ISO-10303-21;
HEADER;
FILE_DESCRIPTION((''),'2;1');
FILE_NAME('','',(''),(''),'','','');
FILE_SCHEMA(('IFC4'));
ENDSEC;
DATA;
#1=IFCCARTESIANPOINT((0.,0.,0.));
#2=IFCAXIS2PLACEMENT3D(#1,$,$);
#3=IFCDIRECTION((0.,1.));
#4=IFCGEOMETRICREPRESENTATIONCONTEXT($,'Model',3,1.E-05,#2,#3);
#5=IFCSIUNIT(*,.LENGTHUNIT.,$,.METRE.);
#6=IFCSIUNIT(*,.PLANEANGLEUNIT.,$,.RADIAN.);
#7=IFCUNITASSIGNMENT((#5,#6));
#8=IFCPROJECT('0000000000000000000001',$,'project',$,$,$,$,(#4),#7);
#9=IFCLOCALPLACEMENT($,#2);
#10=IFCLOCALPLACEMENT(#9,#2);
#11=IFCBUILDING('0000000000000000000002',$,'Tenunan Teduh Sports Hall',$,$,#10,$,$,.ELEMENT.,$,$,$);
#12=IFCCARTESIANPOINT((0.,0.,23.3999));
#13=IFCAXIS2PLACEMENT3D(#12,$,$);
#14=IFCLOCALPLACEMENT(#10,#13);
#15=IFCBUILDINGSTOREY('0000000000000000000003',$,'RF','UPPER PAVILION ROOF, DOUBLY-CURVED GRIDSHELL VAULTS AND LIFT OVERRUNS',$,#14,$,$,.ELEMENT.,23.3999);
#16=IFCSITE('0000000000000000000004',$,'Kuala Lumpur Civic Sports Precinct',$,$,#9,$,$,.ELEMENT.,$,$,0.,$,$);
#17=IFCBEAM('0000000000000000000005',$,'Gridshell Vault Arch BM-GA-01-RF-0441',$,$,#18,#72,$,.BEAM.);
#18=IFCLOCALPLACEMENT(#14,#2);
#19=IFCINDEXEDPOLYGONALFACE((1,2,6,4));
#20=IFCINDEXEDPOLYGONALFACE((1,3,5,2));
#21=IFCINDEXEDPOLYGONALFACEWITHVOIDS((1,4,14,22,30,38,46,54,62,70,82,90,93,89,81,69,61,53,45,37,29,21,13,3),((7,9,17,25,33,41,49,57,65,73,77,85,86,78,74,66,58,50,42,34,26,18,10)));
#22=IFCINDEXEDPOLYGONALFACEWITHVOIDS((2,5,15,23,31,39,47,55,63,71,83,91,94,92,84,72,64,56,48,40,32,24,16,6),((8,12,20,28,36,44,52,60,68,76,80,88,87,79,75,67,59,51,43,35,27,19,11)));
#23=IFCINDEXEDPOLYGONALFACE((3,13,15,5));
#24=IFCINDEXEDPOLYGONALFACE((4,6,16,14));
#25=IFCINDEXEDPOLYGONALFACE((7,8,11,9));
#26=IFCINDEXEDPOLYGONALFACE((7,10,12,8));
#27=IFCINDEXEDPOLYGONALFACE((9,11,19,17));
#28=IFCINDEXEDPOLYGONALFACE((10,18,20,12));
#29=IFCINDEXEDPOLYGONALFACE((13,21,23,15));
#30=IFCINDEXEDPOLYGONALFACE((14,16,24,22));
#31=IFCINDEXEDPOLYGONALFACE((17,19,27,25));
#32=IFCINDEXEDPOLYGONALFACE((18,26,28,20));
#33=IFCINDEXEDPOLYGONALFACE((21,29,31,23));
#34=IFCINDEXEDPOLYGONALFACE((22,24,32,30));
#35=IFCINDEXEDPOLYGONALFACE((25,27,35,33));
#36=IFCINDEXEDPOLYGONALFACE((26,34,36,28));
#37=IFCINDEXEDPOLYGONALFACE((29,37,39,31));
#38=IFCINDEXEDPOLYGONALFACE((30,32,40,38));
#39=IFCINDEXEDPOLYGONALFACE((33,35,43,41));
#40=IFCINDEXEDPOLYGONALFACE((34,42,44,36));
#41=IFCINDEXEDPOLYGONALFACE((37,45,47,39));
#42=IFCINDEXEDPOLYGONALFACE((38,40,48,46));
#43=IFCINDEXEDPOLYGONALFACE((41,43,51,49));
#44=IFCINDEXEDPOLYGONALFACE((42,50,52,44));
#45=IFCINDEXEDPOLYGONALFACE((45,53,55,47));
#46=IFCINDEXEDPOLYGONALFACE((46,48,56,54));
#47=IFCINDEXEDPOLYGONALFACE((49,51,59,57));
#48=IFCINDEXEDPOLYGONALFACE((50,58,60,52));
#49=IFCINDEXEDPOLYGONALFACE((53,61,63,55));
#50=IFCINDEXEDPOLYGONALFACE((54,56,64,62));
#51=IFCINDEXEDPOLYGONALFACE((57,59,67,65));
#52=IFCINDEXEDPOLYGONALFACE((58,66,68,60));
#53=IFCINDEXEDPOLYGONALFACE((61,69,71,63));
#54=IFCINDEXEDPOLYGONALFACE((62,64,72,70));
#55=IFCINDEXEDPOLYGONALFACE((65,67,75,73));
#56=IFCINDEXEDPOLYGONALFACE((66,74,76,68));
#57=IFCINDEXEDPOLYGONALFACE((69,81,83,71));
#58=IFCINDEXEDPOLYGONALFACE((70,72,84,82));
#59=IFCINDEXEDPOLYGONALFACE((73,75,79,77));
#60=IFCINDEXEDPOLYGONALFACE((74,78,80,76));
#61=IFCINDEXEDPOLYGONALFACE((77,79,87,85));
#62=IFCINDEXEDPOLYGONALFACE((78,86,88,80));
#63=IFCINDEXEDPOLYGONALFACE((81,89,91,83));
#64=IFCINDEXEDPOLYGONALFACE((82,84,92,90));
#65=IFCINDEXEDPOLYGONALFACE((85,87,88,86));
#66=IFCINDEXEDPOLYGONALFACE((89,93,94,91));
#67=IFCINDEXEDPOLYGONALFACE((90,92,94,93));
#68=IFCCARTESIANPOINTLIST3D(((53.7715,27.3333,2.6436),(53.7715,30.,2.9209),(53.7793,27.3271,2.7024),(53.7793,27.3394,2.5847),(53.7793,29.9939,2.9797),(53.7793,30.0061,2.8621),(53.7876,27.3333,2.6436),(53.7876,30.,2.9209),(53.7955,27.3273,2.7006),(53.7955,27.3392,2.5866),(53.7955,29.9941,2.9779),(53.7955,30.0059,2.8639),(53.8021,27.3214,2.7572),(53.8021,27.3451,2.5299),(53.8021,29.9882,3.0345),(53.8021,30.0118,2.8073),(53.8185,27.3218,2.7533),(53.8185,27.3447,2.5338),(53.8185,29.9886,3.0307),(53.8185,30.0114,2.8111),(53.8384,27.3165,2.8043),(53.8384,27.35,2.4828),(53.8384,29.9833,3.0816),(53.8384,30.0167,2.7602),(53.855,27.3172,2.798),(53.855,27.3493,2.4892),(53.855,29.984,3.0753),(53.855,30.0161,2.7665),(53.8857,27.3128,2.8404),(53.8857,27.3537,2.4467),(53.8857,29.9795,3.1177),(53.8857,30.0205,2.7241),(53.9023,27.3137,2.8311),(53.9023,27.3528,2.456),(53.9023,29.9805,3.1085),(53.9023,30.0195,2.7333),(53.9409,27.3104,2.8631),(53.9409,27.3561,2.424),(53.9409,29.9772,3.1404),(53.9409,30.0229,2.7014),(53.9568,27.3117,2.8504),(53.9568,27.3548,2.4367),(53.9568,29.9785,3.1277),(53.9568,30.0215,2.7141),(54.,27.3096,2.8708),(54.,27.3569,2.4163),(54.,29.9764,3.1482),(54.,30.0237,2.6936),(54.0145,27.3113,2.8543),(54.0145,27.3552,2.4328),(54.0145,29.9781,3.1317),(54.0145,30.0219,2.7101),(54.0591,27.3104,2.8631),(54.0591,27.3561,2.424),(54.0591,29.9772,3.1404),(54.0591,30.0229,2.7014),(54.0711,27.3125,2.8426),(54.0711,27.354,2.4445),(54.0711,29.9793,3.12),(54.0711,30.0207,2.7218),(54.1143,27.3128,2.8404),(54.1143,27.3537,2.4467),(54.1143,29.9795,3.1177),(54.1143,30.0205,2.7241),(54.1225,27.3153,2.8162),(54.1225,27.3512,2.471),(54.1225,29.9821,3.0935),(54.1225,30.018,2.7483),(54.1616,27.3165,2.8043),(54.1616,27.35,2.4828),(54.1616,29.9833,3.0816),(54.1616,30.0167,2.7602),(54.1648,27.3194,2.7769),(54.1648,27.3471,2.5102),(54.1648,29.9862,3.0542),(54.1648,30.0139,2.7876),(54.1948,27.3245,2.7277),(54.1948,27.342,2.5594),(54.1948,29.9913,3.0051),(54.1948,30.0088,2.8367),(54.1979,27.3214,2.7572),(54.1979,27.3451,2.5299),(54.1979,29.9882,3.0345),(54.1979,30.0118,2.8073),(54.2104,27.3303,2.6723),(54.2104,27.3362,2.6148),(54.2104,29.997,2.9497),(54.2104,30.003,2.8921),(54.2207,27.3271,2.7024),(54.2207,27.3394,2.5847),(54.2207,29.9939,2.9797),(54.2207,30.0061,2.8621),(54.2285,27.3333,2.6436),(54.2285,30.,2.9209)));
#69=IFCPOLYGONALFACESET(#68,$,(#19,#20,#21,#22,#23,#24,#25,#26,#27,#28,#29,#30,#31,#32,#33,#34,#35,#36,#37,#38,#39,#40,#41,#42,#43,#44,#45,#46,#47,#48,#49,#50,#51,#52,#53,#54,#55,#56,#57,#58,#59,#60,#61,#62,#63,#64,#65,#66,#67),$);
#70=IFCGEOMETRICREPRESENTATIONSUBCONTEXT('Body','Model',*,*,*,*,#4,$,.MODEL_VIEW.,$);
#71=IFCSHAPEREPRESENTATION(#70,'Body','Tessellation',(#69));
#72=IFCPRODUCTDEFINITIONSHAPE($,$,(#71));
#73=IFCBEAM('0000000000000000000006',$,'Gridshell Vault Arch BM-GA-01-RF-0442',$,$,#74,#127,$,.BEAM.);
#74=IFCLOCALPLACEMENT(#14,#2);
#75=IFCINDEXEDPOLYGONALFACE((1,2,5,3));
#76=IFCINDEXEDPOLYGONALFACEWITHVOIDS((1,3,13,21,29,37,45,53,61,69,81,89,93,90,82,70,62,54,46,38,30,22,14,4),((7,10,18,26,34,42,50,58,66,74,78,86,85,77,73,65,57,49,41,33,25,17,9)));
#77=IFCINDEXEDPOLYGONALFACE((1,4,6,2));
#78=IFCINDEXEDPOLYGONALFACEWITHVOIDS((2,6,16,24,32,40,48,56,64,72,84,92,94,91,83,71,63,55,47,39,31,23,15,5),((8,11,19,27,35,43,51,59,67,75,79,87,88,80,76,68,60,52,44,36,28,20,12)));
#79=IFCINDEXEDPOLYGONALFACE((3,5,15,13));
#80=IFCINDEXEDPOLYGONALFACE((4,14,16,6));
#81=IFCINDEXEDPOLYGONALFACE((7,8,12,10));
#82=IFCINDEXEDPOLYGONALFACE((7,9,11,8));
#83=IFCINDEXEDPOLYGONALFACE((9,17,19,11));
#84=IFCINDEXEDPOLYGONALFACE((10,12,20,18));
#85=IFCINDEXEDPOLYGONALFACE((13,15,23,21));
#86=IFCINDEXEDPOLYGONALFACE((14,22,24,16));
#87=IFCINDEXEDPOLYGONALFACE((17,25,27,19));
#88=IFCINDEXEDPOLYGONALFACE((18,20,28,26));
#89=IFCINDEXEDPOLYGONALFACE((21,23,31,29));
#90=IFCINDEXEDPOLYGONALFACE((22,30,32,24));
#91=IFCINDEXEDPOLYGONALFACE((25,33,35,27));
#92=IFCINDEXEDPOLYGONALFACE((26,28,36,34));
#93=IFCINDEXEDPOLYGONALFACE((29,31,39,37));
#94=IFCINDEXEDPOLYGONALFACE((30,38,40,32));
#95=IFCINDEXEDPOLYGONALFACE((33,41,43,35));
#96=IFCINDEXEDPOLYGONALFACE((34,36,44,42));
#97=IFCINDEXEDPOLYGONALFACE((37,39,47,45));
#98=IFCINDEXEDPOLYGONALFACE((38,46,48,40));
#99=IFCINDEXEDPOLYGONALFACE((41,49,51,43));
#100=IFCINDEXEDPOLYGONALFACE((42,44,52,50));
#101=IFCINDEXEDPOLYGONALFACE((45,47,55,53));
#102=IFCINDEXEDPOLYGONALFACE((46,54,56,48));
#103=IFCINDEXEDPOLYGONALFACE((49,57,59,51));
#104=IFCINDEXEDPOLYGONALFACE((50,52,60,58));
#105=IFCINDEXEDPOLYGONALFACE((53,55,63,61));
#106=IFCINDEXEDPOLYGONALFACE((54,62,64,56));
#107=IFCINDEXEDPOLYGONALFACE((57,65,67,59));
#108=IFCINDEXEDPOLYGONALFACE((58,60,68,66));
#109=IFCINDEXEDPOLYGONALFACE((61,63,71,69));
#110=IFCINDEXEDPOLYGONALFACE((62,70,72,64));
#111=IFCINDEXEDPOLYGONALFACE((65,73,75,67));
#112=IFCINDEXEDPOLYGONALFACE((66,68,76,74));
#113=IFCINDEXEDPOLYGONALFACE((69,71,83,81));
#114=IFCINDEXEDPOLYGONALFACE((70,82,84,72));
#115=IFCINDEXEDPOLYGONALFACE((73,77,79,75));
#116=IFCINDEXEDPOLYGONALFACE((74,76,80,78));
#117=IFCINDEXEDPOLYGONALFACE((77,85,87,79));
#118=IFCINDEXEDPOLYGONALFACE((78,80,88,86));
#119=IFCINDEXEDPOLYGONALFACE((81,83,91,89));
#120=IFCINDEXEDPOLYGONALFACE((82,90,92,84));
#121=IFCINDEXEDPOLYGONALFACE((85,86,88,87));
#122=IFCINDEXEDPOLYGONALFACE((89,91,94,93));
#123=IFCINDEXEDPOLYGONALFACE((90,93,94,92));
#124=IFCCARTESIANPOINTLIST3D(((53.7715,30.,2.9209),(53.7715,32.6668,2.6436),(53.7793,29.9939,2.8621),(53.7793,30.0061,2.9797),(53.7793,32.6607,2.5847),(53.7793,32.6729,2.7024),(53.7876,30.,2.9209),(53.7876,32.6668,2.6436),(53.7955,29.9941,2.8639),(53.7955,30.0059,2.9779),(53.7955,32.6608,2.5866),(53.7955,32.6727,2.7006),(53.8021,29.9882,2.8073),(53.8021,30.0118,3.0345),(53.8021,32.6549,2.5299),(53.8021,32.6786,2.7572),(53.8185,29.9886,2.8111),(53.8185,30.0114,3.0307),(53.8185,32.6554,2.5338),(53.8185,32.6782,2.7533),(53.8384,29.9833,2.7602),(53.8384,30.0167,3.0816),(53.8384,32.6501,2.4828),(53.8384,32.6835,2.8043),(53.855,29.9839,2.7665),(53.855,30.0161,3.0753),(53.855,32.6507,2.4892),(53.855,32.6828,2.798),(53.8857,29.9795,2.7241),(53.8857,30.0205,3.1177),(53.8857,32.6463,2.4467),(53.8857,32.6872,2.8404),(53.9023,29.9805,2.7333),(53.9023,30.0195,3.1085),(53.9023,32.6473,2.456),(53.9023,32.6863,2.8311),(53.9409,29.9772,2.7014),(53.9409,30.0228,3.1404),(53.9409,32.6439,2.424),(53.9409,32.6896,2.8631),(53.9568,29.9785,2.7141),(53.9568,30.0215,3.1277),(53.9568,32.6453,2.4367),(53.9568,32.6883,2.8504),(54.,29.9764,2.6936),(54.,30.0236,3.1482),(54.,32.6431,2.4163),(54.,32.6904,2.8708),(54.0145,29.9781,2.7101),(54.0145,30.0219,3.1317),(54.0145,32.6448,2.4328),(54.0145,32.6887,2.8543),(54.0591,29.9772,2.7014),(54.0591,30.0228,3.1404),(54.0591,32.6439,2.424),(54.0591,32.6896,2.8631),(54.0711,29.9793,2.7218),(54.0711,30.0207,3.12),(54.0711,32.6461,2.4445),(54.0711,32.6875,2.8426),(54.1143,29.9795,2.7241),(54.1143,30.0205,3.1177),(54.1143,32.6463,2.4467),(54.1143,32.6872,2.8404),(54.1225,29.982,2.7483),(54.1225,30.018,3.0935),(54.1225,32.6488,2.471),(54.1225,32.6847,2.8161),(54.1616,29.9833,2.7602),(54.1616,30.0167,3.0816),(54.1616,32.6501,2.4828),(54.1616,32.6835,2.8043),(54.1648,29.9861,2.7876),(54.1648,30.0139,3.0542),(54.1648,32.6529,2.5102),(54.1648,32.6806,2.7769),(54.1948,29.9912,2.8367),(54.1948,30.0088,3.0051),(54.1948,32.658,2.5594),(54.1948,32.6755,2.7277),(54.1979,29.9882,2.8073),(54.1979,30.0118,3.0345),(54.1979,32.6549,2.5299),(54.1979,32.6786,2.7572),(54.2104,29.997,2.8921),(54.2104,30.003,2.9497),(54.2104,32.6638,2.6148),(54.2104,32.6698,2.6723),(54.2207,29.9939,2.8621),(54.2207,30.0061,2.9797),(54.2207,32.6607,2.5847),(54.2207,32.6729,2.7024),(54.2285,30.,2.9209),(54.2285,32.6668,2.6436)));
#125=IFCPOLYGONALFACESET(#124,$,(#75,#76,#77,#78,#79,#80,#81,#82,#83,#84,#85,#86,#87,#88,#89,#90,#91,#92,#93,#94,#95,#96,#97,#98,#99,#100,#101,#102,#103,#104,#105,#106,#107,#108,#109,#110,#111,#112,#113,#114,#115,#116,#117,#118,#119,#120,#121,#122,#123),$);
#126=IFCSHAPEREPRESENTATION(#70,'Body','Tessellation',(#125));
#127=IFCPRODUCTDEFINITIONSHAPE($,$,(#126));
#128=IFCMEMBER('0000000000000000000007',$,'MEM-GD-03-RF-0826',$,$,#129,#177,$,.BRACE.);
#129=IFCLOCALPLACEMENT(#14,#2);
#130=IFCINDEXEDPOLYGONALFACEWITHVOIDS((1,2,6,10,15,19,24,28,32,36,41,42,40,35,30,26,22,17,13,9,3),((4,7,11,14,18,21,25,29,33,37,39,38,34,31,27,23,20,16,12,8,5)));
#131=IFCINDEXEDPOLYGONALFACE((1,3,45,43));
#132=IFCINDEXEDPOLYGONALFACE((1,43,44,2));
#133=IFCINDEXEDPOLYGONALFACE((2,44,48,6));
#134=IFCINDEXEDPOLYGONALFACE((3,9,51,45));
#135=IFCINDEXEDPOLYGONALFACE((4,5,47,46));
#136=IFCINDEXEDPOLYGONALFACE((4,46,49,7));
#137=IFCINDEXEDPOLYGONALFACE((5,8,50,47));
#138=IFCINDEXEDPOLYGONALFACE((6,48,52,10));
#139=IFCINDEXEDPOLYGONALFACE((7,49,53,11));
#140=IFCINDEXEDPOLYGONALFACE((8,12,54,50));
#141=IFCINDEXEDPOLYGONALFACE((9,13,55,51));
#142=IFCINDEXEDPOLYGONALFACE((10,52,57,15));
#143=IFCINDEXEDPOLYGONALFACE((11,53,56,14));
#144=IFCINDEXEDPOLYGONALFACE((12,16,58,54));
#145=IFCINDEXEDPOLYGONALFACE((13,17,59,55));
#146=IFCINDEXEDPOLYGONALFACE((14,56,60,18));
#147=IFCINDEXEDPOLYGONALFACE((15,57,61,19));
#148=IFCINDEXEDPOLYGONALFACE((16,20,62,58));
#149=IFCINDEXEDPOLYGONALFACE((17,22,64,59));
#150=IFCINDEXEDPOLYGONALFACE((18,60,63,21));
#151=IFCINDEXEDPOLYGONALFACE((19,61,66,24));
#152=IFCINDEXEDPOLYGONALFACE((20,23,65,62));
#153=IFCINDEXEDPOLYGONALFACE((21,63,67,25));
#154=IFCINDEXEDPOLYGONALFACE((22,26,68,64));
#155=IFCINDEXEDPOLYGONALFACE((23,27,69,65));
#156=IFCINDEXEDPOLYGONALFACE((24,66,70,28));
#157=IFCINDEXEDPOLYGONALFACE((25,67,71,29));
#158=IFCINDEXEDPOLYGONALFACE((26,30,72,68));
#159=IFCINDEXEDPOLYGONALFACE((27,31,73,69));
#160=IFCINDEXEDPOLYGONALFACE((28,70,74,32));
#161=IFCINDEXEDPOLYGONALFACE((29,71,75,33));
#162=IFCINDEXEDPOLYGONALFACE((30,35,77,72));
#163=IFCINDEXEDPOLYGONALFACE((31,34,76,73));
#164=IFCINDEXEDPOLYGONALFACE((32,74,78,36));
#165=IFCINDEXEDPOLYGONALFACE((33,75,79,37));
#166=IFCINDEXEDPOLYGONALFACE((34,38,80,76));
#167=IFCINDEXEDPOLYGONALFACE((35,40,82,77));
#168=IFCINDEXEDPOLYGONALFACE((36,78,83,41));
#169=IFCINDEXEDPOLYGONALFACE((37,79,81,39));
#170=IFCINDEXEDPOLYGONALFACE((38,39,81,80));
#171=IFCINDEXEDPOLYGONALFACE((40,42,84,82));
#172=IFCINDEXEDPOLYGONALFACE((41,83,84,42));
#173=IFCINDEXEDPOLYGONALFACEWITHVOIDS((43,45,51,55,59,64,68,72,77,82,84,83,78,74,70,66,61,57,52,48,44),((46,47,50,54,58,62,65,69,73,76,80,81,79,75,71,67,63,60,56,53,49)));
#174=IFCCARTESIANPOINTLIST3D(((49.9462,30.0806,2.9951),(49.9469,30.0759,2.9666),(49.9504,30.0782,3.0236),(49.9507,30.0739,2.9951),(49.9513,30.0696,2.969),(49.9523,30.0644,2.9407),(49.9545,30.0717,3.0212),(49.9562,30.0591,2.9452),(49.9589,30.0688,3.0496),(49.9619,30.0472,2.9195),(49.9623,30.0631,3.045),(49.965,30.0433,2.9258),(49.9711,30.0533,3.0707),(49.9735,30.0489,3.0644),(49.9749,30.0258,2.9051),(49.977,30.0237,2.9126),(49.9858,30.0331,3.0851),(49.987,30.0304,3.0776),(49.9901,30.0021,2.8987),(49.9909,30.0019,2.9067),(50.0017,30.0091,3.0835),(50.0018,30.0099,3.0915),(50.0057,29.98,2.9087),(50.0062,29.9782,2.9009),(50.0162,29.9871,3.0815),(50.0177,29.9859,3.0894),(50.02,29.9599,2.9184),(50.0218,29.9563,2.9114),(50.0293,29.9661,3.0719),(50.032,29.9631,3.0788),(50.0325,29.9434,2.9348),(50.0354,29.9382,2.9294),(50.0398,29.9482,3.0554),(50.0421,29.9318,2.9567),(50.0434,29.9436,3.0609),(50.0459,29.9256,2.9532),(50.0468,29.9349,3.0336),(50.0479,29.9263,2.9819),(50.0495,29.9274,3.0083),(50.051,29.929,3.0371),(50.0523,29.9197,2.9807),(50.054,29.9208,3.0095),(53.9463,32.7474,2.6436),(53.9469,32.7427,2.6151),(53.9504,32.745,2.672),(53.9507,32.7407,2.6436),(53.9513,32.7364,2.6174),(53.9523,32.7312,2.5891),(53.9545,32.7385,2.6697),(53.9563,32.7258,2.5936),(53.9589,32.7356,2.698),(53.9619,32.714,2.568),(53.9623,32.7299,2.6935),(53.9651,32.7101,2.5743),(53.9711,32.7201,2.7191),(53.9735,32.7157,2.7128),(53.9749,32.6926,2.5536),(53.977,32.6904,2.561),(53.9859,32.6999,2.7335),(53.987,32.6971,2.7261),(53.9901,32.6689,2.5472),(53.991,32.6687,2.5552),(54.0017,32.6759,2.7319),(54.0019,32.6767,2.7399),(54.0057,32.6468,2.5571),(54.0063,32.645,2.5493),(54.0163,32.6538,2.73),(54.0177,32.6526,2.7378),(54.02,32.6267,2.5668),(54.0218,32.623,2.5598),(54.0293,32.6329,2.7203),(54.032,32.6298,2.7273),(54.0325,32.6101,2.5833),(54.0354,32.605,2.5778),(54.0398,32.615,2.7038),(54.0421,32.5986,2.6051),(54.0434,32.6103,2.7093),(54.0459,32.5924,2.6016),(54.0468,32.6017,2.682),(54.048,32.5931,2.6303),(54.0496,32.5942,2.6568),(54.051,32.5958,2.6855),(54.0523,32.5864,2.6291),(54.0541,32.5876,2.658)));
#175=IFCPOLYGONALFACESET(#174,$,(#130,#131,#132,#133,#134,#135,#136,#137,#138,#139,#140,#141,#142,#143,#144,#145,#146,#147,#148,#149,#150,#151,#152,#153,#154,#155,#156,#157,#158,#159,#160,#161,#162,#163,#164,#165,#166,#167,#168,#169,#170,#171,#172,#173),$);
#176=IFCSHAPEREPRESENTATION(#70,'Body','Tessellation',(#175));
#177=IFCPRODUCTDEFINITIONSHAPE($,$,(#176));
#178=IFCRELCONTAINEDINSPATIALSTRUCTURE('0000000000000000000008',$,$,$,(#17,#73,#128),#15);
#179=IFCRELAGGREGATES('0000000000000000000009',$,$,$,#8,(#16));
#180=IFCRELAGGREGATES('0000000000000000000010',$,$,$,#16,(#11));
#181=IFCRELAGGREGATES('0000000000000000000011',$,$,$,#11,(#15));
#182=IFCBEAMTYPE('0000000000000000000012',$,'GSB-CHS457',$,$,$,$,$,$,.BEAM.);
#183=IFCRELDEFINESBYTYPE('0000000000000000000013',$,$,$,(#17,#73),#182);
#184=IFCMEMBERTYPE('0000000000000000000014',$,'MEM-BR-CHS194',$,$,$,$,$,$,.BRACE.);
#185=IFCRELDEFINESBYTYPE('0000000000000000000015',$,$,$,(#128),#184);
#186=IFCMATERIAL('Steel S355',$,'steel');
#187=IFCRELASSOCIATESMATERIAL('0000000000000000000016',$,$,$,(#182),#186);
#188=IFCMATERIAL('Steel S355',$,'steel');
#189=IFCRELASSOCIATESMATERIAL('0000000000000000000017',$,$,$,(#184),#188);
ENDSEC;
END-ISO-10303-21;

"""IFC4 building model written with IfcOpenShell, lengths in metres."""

from ifc_helpers import new_model, si_unit, direction, frame, origin, origin_2d, place, context, subcontext, project, spatial, hollow_circle, extrude, material, material_profile, profile_set, type_object, element, save


model = new_model("IFC4")

# Units and contexts
model_context = context("Model", 3, precision=1e-05, world=origin(), true_north=direction((0.0, 1.0)))
body_context = subcontext(model_context, "Body", "Model", "MODEL_VIEW")
ifc_project = project(units=[si_unit("LENGTHUNIT", "METRE"), si_unit("PLANEANGLEUNIT", "RADIAN")], contexts=[model_context])

# Site, building, storey
site_placement = place(None, origin())
site = spatial("IfcSite", under=ifc_project, at=site_placement, Name="Kuala Lumpur Civic Sports Precinct", CompositionType="ELEMENT", RefElevation=0.0)
building_placement = place(site_placement, origin())
building = spatial("IfcBuilding", under=site, at=building_placement, Name="Tenunan Teduh Sports Hall", CompositionType="ELEMENT")
storey_placement = place(building_placement, frame((0.0, 0.0, 23.3999)))
storey = spatial("IfcBuildingStorey", under=building, at=storey_placement, Name="RF", Description="UPPER PAVILION ROOF, DOUBLY-CURVED GRIDSHELL VAULTS AND LIFT OVERRUNS", CompositionType="ELEMENT", Elevation=23.3999)

# Beams
ifc_material_1 = material(Name="Steel S355", Category="steel")
ifc_material_profile_1 = material_profile(ifc_material_1, hollow_circle(Radius=0.2285, WallThickness=0.0161, at=origin_2d()), Name="CHS 457.0x16.0")
ifc_profile_set_1 = profile_set([ifc_material_profile_1], Name="Steel S355")
beam_type_1 = type_object("IfcBeamType", Name="GSB-CHS457", PredefinedType="BEAM", material=ifc_profile_set_1)
for number, where, z_axis, x_axis, name in (
    (1, (54.0, 27.3333, 2.6436), (0.0, 0.994635, 0.103443), (-1.0, 0.0, 0.0), "Gridshell Vault Arch BM-GA-01-RF-0441"),
    (2, (54.0, 30.0, 2.9209), (0.0, 0.994635, -0.103443), (-1.0, 0.0, 0.0), "Gridshell Vault Arch BM-GA-01-RF-0442"),
):
    element("IfcBeam", number, at=place(storey_placement, frame(where, z_axis=z_axis, x_axis=x_axis)), inside=storey, type_object=beam_type_1, Name=name, PredefinedType="BEAM", context=body_context, shape_type="SweptSolid", body=[
        extrude(hollow_circle(Radius=0.2285, WallThickness=0.0161, at=origin_2d()), origin(), (0.0, 0.0, 1.0), 2.6812),
    ])

# Member
ifc_material_2 = material(Name="Steel S355", Category="steel")
ifc_material_profile_2 = material_profile(ifc_material_2, hollow_circle(Radius=0.0969, WallThickness=0.0081, at=origin_2d()), Name="CHS 193.7x8.0")
ifc_profile_set_2 = profile_set([ifc_material_profile_2], Name="Steel S355")
member_type_1 = type_object("IfcMemberType", Name="MEM-BR-CHS194", PredefinedType="BRACE", material=ifc_profile_set_2)
member_1_placement = place(storey_placement, frame((50.0, 30.0, 2.9951), z_axis=(0.829827, 0.553235, -0.072934), x_axis=(-0.554712, 0.832042, 0.0)))
element("IfcMember", 3, at=member_1_placement, inside=storey, type_object=member_type_1, Name="MEM-GD-03-RF-0826", PredefinedType="BRACE", context=body_context, shape_type="SweptSolid", body=[
    extrude(hollow_circle(Radius=0.0969, WallThickness=0.0081, at=origin_2d()), origin(), (0.0, 0.0, 1.0), 4.8203),
])

save(model, "model.ifc")
